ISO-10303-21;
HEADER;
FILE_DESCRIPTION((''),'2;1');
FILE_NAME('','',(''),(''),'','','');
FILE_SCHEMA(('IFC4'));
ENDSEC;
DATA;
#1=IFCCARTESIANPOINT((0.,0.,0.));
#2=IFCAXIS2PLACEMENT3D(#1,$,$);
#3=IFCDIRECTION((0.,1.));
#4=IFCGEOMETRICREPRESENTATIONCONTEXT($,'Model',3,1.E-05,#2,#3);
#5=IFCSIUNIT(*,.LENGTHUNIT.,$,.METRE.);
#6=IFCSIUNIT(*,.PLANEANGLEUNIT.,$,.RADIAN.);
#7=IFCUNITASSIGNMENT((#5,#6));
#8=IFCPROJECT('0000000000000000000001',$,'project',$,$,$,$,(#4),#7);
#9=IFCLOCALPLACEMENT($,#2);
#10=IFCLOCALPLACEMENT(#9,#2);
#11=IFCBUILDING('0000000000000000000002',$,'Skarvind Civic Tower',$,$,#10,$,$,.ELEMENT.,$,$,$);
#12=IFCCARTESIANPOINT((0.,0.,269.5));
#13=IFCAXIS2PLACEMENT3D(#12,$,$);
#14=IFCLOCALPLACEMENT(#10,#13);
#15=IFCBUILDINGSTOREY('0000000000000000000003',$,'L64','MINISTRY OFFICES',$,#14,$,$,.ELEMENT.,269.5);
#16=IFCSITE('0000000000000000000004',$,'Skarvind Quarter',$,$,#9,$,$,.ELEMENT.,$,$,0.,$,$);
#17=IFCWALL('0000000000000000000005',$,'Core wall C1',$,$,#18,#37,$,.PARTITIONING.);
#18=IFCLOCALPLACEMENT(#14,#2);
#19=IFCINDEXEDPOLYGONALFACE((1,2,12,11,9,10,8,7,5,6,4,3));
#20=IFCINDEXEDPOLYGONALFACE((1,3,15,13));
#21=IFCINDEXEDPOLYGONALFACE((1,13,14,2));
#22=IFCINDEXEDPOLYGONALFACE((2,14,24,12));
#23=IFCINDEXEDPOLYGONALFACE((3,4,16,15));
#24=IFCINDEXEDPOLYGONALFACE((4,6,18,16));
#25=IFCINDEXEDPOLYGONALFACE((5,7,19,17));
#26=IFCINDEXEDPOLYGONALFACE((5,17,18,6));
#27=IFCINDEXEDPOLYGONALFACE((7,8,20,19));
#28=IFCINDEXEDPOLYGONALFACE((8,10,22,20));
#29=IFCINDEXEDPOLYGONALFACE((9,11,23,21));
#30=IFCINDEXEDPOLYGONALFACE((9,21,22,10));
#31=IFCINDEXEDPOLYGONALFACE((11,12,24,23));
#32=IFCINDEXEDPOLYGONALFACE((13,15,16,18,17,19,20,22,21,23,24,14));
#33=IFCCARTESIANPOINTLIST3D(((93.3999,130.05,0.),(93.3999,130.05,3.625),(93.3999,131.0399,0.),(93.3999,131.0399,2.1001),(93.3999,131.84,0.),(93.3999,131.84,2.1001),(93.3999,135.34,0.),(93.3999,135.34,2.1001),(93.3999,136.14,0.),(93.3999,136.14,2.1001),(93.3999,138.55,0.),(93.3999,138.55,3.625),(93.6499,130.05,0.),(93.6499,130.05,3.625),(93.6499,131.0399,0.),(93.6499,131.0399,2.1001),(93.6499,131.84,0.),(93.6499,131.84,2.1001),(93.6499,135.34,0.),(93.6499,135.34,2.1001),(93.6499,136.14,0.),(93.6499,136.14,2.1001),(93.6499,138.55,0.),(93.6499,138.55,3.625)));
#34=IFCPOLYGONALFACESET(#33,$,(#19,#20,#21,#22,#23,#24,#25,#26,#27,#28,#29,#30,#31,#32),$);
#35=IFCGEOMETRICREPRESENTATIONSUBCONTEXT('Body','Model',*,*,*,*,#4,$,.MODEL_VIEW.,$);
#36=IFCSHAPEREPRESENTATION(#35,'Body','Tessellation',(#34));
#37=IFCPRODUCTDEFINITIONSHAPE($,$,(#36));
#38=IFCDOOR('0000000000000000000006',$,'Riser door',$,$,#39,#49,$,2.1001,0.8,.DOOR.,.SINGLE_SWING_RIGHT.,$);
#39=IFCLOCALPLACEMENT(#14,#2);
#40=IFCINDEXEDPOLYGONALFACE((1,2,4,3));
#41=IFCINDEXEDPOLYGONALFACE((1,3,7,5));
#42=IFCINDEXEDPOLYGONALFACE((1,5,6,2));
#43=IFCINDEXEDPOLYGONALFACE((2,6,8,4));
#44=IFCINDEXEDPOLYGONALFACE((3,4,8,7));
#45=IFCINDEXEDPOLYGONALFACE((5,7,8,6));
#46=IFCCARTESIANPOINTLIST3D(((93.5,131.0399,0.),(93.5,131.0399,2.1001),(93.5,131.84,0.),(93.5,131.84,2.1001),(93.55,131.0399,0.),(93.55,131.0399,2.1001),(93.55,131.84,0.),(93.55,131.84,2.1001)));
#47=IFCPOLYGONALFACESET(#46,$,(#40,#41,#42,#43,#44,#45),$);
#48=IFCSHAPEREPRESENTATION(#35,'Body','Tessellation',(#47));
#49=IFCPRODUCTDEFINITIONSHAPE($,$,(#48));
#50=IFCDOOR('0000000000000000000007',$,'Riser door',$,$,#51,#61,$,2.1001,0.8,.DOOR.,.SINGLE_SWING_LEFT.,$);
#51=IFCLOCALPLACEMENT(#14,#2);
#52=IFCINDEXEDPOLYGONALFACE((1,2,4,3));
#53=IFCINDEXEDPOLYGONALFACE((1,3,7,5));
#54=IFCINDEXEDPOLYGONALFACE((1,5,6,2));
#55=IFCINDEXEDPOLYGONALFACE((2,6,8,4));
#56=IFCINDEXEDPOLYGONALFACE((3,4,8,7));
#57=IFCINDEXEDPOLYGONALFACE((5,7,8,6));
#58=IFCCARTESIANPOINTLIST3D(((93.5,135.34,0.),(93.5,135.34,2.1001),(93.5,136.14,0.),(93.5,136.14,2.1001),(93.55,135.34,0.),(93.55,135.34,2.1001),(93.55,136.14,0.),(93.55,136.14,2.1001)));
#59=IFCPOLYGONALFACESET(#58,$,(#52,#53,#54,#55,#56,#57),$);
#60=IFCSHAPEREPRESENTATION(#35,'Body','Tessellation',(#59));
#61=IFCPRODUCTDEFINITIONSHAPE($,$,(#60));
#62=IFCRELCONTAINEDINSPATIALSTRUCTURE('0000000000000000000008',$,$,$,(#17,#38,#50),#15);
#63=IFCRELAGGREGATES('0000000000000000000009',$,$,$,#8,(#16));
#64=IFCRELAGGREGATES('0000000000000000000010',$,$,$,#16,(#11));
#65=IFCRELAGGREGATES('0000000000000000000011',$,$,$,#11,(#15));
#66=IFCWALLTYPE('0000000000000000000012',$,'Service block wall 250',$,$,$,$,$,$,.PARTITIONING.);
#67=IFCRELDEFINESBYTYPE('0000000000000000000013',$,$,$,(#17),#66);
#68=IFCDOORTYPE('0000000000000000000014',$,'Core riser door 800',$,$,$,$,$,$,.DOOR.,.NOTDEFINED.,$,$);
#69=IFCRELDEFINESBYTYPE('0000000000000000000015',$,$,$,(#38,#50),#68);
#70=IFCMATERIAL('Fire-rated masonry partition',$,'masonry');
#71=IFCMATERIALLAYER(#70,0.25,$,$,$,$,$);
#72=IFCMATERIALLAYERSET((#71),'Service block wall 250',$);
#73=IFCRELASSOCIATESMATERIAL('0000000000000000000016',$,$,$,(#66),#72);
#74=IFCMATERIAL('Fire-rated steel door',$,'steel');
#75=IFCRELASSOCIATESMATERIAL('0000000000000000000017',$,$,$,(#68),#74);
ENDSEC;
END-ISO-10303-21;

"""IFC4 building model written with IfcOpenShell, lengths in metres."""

from ifc_helpers import new_model, si_unit, direction, frame, frame_2d, origin, place, context, subcontext, project, spatial, rectangle, extrude, material, layer, layer_set, type_object, element, fill, save


model = new_model("IFC4")

# Units and contexts
model_context = context("Model", 3, precision=1e-05, world=origin(), true_north=direction((0.0, 1.0)))
body_context = subcontext(model_context, "Body", "Model", "MODEL_VIEW")
ifc_project = project(units=[si_unit("LENGTHUNIT", "METRE"), si_unit("PLANEANGLEUNIT", "RADIAN")], contexts=[model_context])

# Site, building, storey
site_placement = place(None, origin())
site = spatial("IfcSite", under=ifc_project, at=site_placement, Name="Skarvind Quarter", CompositionType="ELEMENT", RefElevation=0.0)
building_placement = place(site_placement, origin())
building = spatial("IfcBuilding", under=site, at=building_placement, Name="Skarvind Civic Tower", CompositionType="ELEMENT")
storey_placement = place(building_placement, frame((0.0, 0.0, 269.5)))
storey = spatial("IfcBuildingStorey", under=building, at=storey_placement, Name="L64", Description="MINISTRY OFFICES", CompositionType="ELEMENT", Elevation=269.5)

# Shared definitions
ifc_material_1 = material(Name="Fire-rated masonry partition", Category="masonry")
ifc_material_2 = material(Name="Fire-rated steel door", Category="steel")

# Wall, openings, doors
ifc_layer_1 = layer(ifc_material_1, 0.25)
ifc_layer_set_1 = layer_set([ifc_layer_1], Name="Service block wall 250")
wall_type_1 = type_object("IfcWallType", Name="Service block wall 250", PredefinedType="PARTITIONING", material=ifc_layer_set_1)
wall_1_placement = place(storey_placement, frame((93.5249, 130.05, 0.0), z_axis=(0.0, 0.0, 1.0), x_axis=(0.0, 1.0, 0.0)))
wall_1 = element("IfcWall", 1, at=wall_1_placement, inside=storey, type_object=wall_type_1, Name="Core wall C1", PredefinedType="PARTITIONING", context=body_context, shape_type="SweptSolid", body=[
    extrude(rectangle(XDim=8.5, YDim=0.25, at=frame_2d((4.25, 0.0))), origin(), (0.0, 0.0, 1.0), 3.625),
])
opening_1_placement = place(wall_1_placement, frame((0.99, 0.0, 0.0)))
opening_1 = element("IfcOpeningElement", 2, at=opening_1_placement, cuts=wall_1, PredefinedType="OPENING", context=body_context, shape_type="SweptSolid", body=[
    extrude(rectangle(XDim=0.8, YDim=2.1001, at=frame_2d((0.3999, 1.05))), frame((0.0, 0.135, 0.0), z_axis=(0.0, -1.0, 0.0), x_axis=(1.0, 0.0, 0.0)), (0.0, 0.0, 1.0), 0.27),
])
opening_2_placement = place(wall_1_placement, frame((5.29, 0.0, 0.0)))
opening_2 = element("IfcOpeningElement", 3, at=opening_2_placement, cuts=wall_1, PredefinedType="OPENING", context=body_context, shape_type="SweptSolid", body=[
    extrude(rectangle(XDim=0.8, YDim=2.1001, at=frame_2d((0.3999, 1.05))), frame((0.0, 0.135, 0.0), z_axis=(0.0, -1.0, 0.0), x_axis=(1.0, 0.0, 0.0)), (0.0, 0.0, 1.0), 0.27),
])
door_type_1 = type_object("IfcDoorType", Name="Core riser door 800", OperationType="NOTDEFINED", PredefinedType="DOOR", material=ifc_material_2)
door_1_placement = place(opening_1_placement, origin())
door_1 = element("IfcDoor", 4, at=door_1_placement, inside=storey, type_object=door_type_1, Name="Riser door", OperationType="SINGLE_SWING_RIGHT", OverallHeight=2.1001, OverallWidth=0.8, PredefinedType="DOOR", context=body_context, shape_type="SweptSolid", body=[
    extrude(rectangle(XDim=0.8, YDim=2.1001, at=frame_2d((0.3999, 1.05))), frame((0.0, 0.0249, 0.0), z_axis=(0.0, -1.0, 0.0), x_axis=(1.0, 0.0, 0.0)), (0.0, 0.0, 1.0), 0.05),
])
fill(opening_1, door_1)
door_2_placement = place(opening_2_placement, origin())
door_2 = element("IfcDoor", 5, at=door_2_placement, inside=storey, type_object=door_type_1, Name="Riser door", OperationType="SINGLE_SWING_LEFT", OverallHeight=2.1001, OverallWidth=0.8, PredefinedType="DOOR", context=body_context, shape_type="SweptSolid", body=[
    extrude(rectangle(XDim=0.8, YDim=2.1001, at=frame_2d((0.3999, 1.05))), frame((0.0, 0.0249, 0.0), z_axis=(0.0, -1.0, 0.0), x_axis=(1.0, 0.0, 0.0)), (0.0, 0.0, 1.0), 0.05),
])
fill(opening_2, door_2)

save(model, "model.ifc")
